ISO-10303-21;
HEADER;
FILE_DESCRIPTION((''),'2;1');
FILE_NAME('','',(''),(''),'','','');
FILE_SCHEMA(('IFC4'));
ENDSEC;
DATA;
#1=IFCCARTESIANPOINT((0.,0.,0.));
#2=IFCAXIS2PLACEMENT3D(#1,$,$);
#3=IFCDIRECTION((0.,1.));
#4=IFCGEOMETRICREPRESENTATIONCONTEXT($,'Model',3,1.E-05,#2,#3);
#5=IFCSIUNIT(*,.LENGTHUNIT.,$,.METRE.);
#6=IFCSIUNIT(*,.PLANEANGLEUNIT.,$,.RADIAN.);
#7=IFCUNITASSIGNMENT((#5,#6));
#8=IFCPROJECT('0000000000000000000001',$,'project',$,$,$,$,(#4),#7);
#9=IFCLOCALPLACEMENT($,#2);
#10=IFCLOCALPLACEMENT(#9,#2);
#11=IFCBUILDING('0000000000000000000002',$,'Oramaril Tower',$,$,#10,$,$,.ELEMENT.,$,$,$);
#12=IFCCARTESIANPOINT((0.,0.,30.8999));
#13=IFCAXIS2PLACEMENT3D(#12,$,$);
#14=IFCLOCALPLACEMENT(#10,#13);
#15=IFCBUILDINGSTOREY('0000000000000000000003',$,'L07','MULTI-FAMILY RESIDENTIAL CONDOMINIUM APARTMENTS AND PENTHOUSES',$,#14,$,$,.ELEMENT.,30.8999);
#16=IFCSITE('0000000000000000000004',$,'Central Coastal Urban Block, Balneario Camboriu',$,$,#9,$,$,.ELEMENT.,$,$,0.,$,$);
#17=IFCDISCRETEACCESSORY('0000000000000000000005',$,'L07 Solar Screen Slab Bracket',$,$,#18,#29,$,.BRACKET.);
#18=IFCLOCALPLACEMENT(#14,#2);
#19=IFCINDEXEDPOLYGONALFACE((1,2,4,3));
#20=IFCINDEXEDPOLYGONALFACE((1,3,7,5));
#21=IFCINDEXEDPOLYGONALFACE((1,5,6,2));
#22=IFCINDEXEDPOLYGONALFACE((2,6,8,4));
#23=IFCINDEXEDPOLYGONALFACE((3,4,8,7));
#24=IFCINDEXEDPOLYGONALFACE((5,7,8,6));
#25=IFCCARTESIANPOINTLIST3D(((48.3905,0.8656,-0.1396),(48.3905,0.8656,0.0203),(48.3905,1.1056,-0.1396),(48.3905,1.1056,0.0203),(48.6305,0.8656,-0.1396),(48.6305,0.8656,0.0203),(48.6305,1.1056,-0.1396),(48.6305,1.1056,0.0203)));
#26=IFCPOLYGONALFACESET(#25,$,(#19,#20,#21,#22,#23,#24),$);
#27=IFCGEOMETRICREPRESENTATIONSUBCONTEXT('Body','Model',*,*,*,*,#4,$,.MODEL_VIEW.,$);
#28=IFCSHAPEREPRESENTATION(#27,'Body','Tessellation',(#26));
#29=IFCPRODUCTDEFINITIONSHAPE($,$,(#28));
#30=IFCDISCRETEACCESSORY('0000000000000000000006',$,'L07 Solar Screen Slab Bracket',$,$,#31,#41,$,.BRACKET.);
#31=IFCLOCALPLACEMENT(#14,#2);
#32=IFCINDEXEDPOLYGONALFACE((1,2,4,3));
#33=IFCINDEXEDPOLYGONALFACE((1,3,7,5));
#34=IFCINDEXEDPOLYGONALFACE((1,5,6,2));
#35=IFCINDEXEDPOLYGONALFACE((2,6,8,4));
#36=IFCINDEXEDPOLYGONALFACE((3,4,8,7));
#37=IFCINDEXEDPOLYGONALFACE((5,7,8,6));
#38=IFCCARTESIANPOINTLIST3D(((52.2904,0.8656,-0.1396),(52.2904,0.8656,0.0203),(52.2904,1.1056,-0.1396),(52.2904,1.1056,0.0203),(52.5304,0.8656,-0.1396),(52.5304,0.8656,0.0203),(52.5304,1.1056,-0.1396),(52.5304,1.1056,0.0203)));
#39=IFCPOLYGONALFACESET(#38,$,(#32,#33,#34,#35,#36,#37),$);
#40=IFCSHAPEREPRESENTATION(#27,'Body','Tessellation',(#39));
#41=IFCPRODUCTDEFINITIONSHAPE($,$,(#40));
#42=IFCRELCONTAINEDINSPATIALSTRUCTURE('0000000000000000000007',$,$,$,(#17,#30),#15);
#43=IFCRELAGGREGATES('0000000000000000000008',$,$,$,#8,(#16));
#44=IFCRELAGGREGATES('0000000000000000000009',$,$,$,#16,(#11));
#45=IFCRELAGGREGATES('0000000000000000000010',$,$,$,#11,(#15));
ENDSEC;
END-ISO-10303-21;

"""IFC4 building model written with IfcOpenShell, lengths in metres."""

from ifc_helpers import new_model, si_unit, direction, frame, origin, origin_2d, place, context, subcontext, project, spatial, rectangle, extrude, element, save


model = new_model("IFC4")

# Units and contexts
model_context = context("Model", 3, precision=1e-05, world=origin(), true_north=direction((0.0, 1.0)))
body_context = subcontext(model_context, "Body", "Model", "MODEL_VIEW")
ifc_project = project(units=[si_unit("LENGTHUNIT", "METRE"), si_unit("PLANEANGLEUNIT", "RADIAN")], contexts=[model_context])

# Site, building, storey
site_placement = place(None, origin())
site = spatial("IfcSite", under=ifc_project, at=site_placement, Name="Central Coastal Urban Block, Balneario Camboriu", CompositionType="ELEMENT", RefElevation=0.0)
building_placement = place(site_placement, origin())
building = spatial("IfcBuilding", under=site, at=building_placement, Name="Oramaril Tower", CompositionType="ELEMENT")
storey_placement = place(building_placement, frame((0.0, 0.0, 30.8999)))
storey = spatial("IfcBuildingStorey", under=building, at=storey_placement, Name="L07", Description="MULTI-FAMILY RESIDENTIAL CONDOMINIUM APARTMENTS AND PENTHOUSES", CompositionType="ELEMENT", Elevation=30.8999)

# Discrete accessories
for number, where, z_axis, x_axis, name in (
    (1, (48.5105, 0.9856, -0.1396), (0.0, 0.0, 1.0), (1.0, 0.0, 0.0), "L07 Solar Screen Slab Bracket"),
    (2, (52.4104, 0.9856, -0.1396), (0.0, 0.0, 1.0), (1.0, 0.0, 0.0), "L07 Solar Screen Slab Bracket"),
):
    element("IfcDiscreteAccessory", number, at=place(storey_placement, frame(where, z_axis=z_axis, x_axis=x_axis)), inside=storey, Name=name, PredefinedType="BRACKET", context=body_context, shape_type="SweptSolid", body=[
        extrude(rectangle(XDim=0.24, YDim=0.24, at=origin_2d()), origin(), (0.0, 0.0, 1.0), 0.1599),
    ])

save(model, "model.ifc")
